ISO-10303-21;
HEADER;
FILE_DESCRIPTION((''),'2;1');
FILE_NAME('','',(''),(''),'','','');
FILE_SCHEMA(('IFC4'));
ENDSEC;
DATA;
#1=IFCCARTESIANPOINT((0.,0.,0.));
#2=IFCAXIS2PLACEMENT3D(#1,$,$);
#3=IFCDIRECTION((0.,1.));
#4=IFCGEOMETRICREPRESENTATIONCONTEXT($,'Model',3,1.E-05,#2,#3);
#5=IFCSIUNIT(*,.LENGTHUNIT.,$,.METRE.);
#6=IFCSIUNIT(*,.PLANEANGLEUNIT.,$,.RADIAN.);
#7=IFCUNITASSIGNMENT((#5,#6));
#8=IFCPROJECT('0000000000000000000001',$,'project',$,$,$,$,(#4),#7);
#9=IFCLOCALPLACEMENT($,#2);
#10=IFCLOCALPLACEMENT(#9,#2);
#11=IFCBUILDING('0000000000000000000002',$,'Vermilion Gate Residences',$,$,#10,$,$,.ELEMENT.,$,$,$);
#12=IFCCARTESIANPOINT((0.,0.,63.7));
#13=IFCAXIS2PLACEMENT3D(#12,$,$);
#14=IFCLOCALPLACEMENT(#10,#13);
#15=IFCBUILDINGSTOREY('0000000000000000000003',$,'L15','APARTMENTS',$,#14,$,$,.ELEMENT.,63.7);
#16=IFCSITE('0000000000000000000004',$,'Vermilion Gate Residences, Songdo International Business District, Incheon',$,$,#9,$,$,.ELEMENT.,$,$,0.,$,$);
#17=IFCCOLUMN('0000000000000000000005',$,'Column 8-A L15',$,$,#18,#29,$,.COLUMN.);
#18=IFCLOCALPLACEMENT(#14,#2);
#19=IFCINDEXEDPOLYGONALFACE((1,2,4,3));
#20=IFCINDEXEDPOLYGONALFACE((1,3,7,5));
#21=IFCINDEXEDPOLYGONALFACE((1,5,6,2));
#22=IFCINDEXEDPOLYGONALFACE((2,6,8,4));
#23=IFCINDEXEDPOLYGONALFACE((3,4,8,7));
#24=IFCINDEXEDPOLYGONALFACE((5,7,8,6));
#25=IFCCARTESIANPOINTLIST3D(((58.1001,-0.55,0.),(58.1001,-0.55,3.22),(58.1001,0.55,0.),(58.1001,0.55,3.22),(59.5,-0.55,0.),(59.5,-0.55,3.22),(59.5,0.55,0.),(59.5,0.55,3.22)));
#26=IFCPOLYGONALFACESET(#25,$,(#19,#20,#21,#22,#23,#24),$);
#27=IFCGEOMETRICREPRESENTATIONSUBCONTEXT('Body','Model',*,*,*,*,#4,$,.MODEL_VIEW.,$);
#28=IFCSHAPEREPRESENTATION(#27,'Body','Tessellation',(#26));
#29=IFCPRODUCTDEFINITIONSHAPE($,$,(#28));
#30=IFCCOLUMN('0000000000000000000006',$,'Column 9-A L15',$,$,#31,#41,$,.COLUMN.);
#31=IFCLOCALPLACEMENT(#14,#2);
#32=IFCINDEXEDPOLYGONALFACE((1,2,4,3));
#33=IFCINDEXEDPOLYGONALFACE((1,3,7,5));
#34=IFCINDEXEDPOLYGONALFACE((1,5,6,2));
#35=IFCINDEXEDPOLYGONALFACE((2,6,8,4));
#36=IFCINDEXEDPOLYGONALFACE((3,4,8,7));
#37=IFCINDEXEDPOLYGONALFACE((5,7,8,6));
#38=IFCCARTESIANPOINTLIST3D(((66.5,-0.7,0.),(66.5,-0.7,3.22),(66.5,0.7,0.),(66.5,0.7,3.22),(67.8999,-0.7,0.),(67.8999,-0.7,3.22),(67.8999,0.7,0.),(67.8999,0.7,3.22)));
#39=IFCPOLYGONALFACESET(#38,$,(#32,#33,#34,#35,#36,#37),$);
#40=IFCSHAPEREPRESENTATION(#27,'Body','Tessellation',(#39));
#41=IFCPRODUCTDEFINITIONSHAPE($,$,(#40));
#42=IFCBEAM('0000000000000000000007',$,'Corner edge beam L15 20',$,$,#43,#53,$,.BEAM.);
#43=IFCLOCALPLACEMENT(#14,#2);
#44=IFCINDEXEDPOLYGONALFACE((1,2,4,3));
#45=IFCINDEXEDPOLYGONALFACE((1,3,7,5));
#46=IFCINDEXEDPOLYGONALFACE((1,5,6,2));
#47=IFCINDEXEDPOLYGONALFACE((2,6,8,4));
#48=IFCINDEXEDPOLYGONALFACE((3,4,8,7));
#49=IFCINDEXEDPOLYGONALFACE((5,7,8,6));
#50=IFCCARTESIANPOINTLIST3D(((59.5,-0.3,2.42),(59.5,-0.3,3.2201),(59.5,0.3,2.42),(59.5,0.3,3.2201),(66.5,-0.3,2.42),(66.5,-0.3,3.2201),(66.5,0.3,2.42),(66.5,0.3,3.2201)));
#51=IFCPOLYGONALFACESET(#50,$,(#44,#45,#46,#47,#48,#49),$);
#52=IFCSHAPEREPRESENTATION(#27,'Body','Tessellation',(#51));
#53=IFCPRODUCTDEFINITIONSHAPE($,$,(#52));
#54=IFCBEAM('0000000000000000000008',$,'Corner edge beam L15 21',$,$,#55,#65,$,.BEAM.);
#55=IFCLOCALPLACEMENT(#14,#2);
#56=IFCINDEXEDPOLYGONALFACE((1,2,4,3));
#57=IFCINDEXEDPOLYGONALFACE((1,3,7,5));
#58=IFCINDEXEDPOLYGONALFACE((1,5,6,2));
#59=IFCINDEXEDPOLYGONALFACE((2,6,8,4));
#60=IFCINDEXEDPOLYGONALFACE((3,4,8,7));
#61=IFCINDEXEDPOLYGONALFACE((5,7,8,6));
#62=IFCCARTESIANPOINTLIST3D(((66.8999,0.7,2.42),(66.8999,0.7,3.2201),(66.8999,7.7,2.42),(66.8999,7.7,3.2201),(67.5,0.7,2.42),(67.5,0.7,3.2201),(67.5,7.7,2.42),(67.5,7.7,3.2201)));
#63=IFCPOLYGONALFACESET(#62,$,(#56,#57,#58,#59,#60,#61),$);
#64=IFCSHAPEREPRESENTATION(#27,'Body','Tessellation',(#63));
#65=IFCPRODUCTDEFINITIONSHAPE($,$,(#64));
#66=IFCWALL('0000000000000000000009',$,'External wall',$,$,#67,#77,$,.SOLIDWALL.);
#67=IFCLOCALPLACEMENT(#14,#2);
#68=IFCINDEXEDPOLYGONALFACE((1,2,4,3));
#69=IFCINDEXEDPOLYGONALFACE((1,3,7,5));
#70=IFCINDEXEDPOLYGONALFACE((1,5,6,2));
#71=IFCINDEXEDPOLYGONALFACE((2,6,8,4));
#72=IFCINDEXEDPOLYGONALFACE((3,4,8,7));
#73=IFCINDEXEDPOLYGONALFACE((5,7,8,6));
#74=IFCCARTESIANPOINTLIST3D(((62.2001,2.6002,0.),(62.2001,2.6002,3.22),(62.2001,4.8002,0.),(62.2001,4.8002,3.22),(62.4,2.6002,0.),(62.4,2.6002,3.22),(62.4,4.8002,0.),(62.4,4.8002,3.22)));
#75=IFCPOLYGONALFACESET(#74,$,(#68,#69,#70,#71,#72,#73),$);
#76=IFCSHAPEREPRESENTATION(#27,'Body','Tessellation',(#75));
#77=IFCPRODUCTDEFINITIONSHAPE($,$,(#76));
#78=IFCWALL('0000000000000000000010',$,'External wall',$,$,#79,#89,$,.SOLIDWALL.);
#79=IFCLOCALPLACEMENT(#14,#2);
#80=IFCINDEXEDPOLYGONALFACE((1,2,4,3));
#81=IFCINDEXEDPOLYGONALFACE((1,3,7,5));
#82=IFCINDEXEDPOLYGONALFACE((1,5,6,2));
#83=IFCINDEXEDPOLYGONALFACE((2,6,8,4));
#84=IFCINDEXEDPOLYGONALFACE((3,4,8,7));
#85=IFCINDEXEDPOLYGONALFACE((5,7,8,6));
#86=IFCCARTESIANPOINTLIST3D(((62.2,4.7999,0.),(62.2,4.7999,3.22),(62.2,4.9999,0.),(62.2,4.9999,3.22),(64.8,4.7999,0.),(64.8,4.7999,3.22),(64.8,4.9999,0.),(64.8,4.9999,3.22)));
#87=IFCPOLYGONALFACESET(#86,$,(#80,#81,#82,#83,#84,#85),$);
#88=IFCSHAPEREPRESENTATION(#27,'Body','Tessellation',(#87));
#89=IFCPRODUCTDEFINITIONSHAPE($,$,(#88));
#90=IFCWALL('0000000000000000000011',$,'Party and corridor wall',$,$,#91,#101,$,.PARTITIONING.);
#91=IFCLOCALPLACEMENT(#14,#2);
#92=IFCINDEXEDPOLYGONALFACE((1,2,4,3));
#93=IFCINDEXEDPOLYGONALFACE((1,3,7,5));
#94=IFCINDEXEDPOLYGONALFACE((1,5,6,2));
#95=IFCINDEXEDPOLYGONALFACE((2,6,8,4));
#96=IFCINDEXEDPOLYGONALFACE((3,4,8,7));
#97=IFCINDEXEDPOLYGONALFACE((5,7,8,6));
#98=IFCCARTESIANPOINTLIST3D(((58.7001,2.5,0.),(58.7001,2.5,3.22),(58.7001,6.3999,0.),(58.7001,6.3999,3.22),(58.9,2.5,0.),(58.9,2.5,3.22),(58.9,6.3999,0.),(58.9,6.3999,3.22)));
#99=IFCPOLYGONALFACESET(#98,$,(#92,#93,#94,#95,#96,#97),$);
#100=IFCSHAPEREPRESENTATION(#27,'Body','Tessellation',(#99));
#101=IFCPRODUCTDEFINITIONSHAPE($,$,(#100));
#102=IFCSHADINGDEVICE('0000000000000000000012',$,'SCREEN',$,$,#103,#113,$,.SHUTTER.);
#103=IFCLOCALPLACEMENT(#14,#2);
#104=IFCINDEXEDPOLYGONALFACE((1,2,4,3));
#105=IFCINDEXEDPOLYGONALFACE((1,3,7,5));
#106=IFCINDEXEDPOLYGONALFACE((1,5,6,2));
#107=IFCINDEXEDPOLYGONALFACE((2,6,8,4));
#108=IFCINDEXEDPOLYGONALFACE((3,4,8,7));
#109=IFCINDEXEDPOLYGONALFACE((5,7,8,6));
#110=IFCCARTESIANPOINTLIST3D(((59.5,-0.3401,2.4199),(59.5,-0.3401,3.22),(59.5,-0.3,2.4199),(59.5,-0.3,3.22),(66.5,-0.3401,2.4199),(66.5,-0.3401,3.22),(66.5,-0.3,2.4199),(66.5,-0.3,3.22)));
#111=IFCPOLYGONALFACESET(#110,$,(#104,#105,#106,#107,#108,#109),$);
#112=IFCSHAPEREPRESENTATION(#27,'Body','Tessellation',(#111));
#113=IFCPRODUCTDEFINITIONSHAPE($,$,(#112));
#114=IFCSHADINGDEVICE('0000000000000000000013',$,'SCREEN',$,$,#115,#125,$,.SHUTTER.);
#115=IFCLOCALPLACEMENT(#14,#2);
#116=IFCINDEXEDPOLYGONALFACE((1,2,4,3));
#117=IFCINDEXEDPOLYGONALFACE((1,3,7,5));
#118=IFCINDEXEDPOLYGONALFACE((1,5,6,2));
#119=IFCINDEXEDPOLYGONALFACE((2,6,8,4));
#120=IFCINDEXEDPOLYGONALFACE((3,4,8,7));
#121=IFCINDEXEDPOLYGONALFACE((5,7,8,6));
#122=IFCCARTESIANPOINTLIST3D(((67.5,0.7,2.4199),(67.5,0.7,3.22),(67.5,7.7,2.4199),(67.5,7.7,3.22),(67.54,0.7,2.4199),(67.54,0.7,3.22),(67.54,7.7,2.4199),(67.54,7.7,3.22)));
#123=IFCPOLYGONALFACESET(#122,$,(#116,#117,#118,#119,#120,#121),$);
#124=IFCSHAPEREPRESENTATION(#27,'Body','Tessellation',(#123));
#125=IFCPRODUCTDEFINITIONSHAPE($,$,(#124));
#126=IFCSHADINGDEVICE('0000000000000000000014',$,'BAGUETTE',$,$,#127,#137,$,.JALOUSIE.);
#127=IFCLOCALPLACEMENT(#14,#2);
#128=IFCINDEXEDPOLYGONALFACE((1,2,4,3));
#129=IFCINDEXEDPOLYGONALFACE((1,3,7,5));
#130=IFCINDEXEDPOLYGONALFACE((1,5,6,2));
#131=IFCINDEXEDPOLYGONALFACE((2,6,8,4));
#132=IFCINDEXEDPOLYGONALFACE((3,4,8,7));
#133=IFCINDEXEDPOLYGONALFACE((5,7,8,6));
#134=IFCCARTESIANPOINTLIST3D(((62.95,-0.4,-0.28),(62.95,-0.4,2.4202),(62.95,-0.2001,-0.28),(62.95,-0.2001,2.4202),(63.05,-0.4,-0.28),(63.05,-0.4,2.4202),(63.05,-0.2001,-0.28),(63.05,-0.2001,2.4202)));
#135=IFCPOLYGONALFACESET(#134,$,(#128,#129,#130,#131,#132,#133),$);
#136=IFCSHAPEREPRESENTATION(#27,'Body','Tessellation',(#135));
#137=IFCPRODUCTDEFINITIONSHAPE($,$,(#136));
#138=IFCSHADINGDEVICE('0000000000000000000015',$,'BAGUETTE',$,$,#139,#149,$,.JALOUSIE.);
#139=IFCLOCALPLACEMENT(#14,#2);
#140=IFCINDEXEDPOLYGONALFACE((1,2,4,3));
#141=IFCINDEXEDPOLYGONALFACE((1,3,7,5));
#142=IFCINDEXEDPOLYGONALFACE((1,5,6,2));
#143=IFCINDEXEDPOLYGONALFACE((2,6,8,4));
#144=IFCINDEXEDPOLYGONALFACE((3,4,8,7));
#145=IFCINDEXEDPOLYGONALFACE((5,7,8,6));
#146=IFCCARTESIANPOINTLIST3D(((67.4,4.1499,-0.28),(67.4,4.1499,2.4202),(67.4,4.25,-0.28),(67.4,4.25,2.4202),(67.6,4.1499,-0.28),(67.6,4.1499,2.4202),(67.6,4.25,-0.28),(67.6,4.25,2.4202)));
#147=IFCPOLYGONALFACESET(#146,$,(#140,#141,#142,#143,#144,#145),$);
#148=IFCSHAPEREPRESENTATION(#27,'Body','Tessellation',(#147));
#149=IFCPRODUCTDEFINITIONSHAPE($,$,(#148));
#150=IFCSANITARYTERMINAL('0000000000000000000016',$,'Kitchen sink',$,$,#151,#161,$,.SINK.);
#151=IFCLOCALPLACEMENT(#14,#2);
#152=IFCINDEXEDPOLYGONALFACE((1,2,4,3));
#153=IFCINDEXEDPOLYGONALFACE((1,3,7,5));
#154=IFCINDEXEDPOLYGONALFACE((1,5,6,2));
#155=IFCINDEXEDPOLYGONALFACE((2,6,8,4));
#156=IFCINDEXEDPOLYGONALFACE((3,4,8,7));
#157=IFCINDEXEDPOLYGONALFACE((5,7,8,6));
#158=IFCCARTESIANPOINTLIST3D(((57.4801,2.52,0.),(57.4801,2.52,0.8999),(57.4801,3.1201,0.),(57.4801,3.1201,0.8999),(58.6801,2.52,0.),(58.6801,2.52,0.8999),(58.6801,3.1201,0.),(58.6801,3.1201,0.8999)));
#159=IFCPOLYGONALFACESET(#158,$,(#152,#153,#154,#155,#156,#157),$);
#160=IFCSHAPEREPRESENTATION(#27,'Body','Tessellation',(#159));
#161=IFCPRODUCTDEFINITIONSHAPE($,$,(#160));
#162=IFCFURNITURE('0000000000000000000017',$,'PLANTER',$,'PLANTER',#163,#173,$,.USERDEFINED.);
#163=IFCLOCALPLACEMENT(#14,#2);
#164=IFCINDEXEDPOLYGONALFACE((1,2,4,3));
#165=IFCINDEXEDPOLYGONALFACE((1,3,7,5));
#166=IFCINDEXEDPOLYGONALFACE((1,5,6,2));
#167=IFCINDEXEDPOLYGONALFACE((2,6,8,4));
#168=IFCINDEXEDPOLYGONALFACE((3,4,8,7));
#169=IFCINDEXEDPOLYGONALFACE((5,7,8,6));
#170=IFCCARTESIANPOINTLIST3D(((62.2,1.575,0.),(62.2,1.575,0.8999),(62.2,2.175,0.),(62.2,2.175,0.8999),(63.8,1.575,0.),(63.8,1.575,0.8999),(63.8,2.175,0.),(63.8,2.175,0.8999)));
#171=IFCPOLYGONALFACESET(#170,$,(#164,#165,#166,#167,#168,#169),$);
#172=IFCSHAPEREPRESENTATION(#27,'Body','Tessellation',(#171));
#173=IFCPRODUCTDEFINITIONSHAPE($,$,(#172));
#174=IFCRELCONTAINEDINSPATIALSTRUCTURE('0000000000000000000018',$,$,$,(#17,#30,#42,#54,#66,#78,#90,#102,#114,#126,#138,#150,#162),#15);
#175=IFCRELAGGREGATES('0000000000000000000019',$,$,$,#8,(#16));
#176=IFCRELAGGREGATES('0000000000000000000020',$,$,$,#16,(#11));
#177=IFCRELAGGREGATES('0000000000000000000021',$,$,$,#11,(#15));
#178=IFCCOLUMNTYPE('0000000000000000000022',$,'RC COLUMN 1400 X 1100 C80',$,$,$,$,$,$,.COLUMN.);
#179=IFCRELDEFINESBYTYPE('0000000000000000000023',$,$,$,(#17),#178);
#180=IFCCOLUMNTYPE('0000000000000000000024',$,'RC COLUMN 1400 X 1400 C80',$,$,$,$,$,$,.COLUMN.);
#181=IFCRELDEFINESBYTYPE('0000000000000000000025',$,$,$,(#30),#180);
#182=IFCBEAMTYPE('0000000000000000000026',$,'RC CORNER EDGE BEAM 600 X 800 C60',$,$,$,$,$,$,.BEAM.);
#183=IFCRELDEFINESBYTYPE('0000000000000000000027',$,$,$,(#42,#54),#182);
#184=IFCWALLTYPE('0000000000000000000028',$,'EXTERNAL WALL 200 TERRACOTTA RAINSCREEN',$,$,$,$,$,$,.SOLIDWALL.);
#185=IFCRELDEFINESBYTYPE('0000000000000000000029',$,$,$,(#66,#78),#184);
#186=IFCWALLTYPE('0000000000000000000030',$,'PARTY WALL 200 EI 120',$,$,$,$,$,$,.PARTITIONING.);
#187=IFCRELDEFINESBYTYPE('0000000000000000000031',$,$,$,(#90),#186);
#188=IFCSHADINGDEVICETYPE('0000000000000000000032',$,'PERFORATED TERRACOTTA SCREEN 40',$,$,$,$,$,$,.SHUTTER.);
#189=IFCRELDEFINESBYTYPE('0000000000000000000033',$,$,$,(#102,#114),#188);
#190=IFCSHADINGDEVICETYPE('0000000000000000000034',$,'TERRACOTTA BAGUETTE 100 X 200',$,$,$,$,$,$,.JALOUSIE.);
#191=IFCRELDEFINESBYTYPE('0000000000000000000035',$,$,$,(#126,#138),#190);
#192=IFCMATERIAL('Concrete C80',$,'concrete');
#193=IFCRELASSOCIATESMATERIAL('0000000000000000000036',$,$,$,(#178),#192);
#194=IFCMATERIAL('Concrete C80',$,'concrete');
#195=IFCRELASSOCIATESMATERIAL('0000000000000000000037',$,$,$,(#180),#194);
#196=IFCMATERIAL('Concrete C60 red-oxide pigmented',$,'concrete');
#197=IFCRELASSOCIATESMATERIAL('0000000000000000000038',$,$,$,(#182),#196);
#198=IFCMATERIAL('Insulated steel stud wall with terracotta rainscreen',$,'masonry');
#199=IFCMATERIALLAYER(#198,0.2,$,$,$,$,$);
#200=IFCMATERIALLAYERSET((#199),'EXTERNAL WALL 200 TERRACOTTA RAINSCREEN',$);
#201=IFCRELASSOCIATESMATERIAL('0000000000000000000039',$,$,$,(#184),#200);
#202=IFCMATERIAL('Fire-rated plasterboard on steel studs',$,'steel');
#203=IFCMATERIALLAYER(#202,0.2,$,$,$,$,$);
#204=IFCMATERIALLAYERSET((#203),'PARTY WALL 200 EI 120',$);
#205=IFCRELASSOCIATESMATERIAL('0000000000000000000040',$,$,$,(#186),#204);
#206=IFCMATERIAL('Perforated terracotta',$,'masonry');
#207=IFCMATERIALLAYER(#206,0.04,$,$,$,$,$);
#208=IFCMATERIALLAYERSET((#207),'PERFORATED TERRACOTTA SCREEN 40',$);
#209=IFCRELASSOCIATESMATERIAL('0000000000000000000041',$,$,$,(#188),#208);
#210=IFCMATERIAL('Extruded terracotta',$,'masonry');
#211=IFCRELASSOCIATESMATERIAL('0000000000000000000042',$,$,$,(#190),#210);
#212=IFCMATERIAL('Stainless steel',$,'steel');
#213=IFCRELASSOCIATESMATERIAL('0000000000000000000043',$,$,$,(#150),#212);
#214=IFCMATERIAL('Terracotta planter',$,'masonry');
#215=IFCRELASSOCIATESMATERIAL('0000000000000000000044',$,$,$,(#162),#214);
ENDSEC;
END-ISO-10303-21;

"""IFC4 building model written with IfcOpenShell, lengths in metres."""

from ifc_helpers import new_model, si_unit, direction, frame, frame_2d, origin, origin_2d, place, context, subcontext, project, spatial, rectangle, extrude, material, layer, layer_set, material_profile, profile_set, type_object, element, save


model = new_model("IFC4")

# Units and contexts
model_context = context("Model", 3, precision=1e-05, world=origin(), true_north=direction((0.0, 1.0)))
body_context = subcontext(model_context, "Body", "Model", "MODEL_VIEW")
ifc_project = project(units=[si_unit("LENGTHUNIT", "METRE"), si_unit("PLANEANGLEUNIT", "RADIAN")], contexts=[model_context])

# Site, building, storey
site_placement = place(None, origin())
site = spatial("IfcSite", under=ifc_project, at=site_placement, Name="Vermilion Gate Residences, Songdo International Business District, Incheon", CompositionType="ELEMENT", RefElevation=0.0)
building_placement = place(site_placement, origin())
building = spatial("IfcBuilding", under=site, at=building_placement, Name="Vermilion Gate Residences", CompositionType="ELEMENT")
storey_placement = place(building_placement, frame((0.0, 0.0, 63.7)))
storey = spatial("IfcBuildingStorey", under=building, at=storey_placement, Name="L15", Description="APARTMENTS", CompositionType="ELEMENT", Elevation=63.7)

# Columns
ifc_material_1 = material(Name="Concrete C80", Category="concrete")
ifc_material_profile_1 = material_profile(ifc_material_1, rectangle(XDim=1.3999, YDim=1.1001, at=origin_2d()), Name="RC-1400x1100")
ifc_profile_set_1 = profile_set([ifc_material_profile_1], Name="Concrete C80")
column_type_1 = type_object("IfcColumnType", Name="RC COLUMN 1400 X 1100 C80", PredefinedType="COLUMN", material=ifc_profile_set_1)
column_1_placement = place(storey_placement, frame((58.8, 0.0, 0.0), z_axis=(0.0, 0.0, 1.0), x_axis=(1.0, 0.0, 0.0)))
element("IfcColumn", 1, at=column_1_placement, inside=storey, type_object=column_type_1, Name="Column 8-A L15", PredefinedType="COLUMN", context=body_context, shape_type="SweptSolid", body=[
    extrude(rectangle(XDim=1.3999, YDim=1.1001, at=origin_2d()), origin(), (0.0, 0.0, 1.0), 3.22),
])
ifc_material_2 = material(Name="Concrete C80", Category="concrete")
ifc_material_profile_2 = material_profile(ifc_material_2, rectangle(XDim=1.3999, YDim=1.3999, at=origin_2d()), Name="RC-1400x1400")
ifc_profile_set_2 = profile_set([ifc_material_profile_2], Name="Concrete C80")
column_type_2 = type_object("IfcColumnType", Name="RC COLUMN 1400 X 1400 C80", PredefinedType="COLUMN", material=ifc_profile_set_2)
column_2_placement = place(storey_placement, frame((67.2, 0.0, 0.0), z_axis=(0.0, 0.0, 1.0), x_axis=(1.0, 0.0, 0.0)))
element("IfcColumn", 2, at=column_2_placement, inside=storey, type_object=column_type_2, Name="Column 9-A L15", PredefinedType="COLUMN", context=body_context, shape_type="SweptSolid", body=[
    extrude(rectangle(XDim=1.3999, YDim=1.3999, at=origin_2d()), origin(), (0.0, 0.0, 1.0), 3.22),
])

# Beams
ifc_material_3 = material(Name="Concrete C60 red-oxide pigmented", Category="concrete")
ifc_material_profile_3 = material_profile(ifc_material_3, rectangle(XDim=0.6001, YDim=0.8, at=origin_2d()), Name="RC-600x800")
ifc_profile_set_3 = profile_set([ifc_material_profile_3], Name="Concrete C60 red-oxide pigmented")
beam_type = type_object("IfcBeamType", Name="RC CORNER EDGE BEAM 600 X 800 C60", PredefinedType="BEAM", material=ifc_profile_set_3)
for number, where, z_axis, x_axis, name in (
    (3, (59.5, 0.0, 2.8201), (1.0, 0.0, 0.0), (0.0, 1.0, 0.0), "Corner edge beam L15 20"),
    (4, (67.2, 0.7, 2.8201), (0.0, 1.0, 0.0), (-1.0, 0.0, 0.0), "Corner edge beam L15 21"),
):
    element("IfcBeam", number, at=place(storey_placement, frame(where, z_axis=z_axis, x_axis=x_axis)), inside=storey, type_object=beam_type, Name=name, PredefinedType="BEAM", context=body_context, shape_type="SweptSolid", body=[
        extrude(rectangle(XDim=0.6001, YDim=0.8, at=origin_2d()), origin(), (0.0, 0.0, 1.0), 7.0),
    ])

# Walls
ifc_material_4 = material(Name="Insulated steel stud wall with terracotta rainscreen", Category="masonry")
ifc_layer_1 = layer(ifc_material_4, 0.2)
ifc_layer_set_1 = layer_set([ifc_layer_1], Name="EXTERNAL WALL 200 TERRACOTTA RAINSCREEN")
wall_type_1 = type_object("IfcWallType", Name="EXTERNAL WALL 200 TERRACOTTA RAINSCREEN", PredefinedType="SOLIDWALL", material=ifc_layer_set_1)
wall_1_placement = place(storey_placement, frame((62.3, 2.6001, 0.0), z_axis=(0.0, 0.0, 1.0), x_axis=(0.0, 1.0, 0.0)))
element("IfcWall", 5, at=wall_1_placement, inside=storey, type_object=wall_type_1, Name="External wall", PredefinedType="SOLIDWALL", context=body_context, shape_type="SweptSolid", body=[
    extrude(rectangle(XDim=2.2, YDim=0.2, at=frame_2d((1.1001, 0.0))), origin(), (0.0, 0.0, 1.0), 3.22),
])
wall_2_placement = place(storey_placement, frame((62.2, 4.8999, 0.0), z_axis=(0.0, 0.0, 1.0), x_axis=(1.0, 0.0, 0.0)))
element("IfcWall", 6, at=wall_2_placement, inside=storey, type_object=wall_type_1, Name="External wall", PredefinedType="SOLIDWALL", context=body_context, shape_type="SweptSolid", body=[
    extrude(rectangle(XDim=2.6001, YDim=0.2, at=frame_2d((1.3, 0.0))), origin(), (0.0, 0.0, 1.0), 3.22),
])
ifc_material_5 = material(Name="Fire-rated plasterboard on steel studs", Category="steel")
ifc_layer_2 = layer(ifc_material_5, 0.2)
ifc_layer_set_2 = layer_set([ifc_layer_2], Name="PARTY WALL 200 EI 120")
wall_type_2 = type_object("IfcWallType", Name="PARTY WALL 200 EI 120", PredefinedType="PARTITIONING", material=ifc_layer_set_2)
wall_3_placement = place(storey_placement, frame((58.8, 2.5, 0.0), z_axis=(0.0, 0.0, 1.0), x_axis=(0.0, 1.0, 0.0)))
element("IfcWall", 7, at=wall_3_placement, inside=storey, type_object=wall_type_2, Name="Party and corridor wall", PredefinedType="PARTITIONING", context=body_context, shape_type="SweptSolid", body=[
    extrude(rectangle(XDim=3.8999, YDim=0.2, at=frame_2d((1.95, 0.0))), origin(), (0.0, 0.0, 1.0), 3.22),
])

# Shading devices
ifc_material_6 = material(Name="Perforated terracotta", Category="masonry")
ifc_layer_3 = layer(ifc_material_6, 0.04)
ifc_layer_set_3 = layer_set([ifc_layer_3], Name="PERFORATED TERRACOTTA SCREEN 40")
shading_device_type_1 = type_object("IfcShadingDeviceType", Name="PERFORATED TERRACOTTA SCREEN 40", PredefinedType="SHUTTER", material=ifc_layer_set_3)
for number, where, z_axis, x_axis, name in (
    (8, (63.0, -0.3201, 2.4199), (0.0, 0.0, 1.0), (1.0, 0.0, 0.0), "SCREEN"),
    (9, (67.52, 4.2, 2.4199), (0.0, 0.0, 1.0), (0.0, 1.0, 0.0), "SCREEN"),
):
    element("IfcShadingDevice", number, at=place(storey_placement, frame(where, z_axis=z_axis, x_axis=x_axis)), inside=storey, type_object=shading_device_type_1, Name=name, PredefinedType="SHUTTER", context=body_context, shape_type="SweptSolid", body=[
        extrude(rectangle(XDim=7.0, YDim=0.04, at=origin_2d()), origin(), (0.0, 0.0, 1.0), 0.8),
    ])
ifc_material_7 = material(Name="Extruded terracotta", Category="masonry")
ifc_material_profile_4 = material_profile(ifc_material_7, rectangle(XDim=0.2, YDim=0.1001, at=origin_2d()), Name="BAGUETTE 100 X 200")
ifc_profile_set_4 = profile_set([ifc_material_profile_4], Name="Extruded terracotta")
shading_device_type_2 = type_object("IfcShadingDeviceType", Name="TERRACOTTA BAGUETTE 100 X 200", PredefinedType="JALOUSIE", material=ifc_profile_set_4)
for number, where, z_axis, x_axis, name in (
    (10, (63.0, -0.3, -0.28), (0.0, 0.0, 1.0), (0.0, 1.0, 0.0), "BAGUETTE"),
    (11, (67.5, 4.2, -0.28), (0.0, 0.0, 1.0), (-1.0, 0.0, 0.0), "BAGUETTE"),
):
    element("IfcShadingDevice", number, at=place(storey_placement, frame(where, z_axis=z_axis, x_axis=x_axis)), inside=storey, type_object=shading_device_type_2, Name=name, PredefinedType="JALOUSIE", context=body_context, shape_type="SweptSolid", body=[
        extrude(rectangle(XDim=0.2, YDim=0.1001, at=origin_2d()), origin(), (0.0, 0.0, 1.0), 2.7002),
    ])

# Sanitary terminal
ifc_material_8 = material(Name="Stainless steel", Category="steel")
sanitary_terminal_placement = place(storey_placement, frame((58.0801, 2.8201, 0.0), z_axis=(0.0, 0.0, 1.0), x_axis=(1.0, 0.0, 0.0)))
element("IfcSanitaryTerminal", 12, at=sanitary_terminal_placement, inside=storey, material=ifc_material_8, Name="Kitchen sink", PredefinedType="SINK", context=body_context, shape_type="SweptSolid", body=[
    extrude(rectangle(XDim=1.2, YDim=0.6001, at=origin_2d()), origin(), (0.0, 0.0, 1.0), 0.8999),
])

# Furniture
ifc_material_9 = material(Name="Terracotta planter", Category="masonry")
furniture_placement = place(storey_placement, frame((63.0, 1.875, 0.0), z_axis=(0.0, 0.0, 1.0), x_axis=(1.0, 0.0, 0.0)))
element("IfcFurniture", 13, at=furniture_placement, inside=storey, material=ifc_material_9, Name="PLANTER", ObjectType="PLANTER", PredefinedType="USERDEFINED", context=body_context, shape_type="SweptSolid", body=[
    extrude(rectangle(XDim=1.6001, YDim=0.6001, at=origin_2d()), origin(), (0.0, 0.0, 1.0), 0.8999),
])

save(model, "model.ifc")
